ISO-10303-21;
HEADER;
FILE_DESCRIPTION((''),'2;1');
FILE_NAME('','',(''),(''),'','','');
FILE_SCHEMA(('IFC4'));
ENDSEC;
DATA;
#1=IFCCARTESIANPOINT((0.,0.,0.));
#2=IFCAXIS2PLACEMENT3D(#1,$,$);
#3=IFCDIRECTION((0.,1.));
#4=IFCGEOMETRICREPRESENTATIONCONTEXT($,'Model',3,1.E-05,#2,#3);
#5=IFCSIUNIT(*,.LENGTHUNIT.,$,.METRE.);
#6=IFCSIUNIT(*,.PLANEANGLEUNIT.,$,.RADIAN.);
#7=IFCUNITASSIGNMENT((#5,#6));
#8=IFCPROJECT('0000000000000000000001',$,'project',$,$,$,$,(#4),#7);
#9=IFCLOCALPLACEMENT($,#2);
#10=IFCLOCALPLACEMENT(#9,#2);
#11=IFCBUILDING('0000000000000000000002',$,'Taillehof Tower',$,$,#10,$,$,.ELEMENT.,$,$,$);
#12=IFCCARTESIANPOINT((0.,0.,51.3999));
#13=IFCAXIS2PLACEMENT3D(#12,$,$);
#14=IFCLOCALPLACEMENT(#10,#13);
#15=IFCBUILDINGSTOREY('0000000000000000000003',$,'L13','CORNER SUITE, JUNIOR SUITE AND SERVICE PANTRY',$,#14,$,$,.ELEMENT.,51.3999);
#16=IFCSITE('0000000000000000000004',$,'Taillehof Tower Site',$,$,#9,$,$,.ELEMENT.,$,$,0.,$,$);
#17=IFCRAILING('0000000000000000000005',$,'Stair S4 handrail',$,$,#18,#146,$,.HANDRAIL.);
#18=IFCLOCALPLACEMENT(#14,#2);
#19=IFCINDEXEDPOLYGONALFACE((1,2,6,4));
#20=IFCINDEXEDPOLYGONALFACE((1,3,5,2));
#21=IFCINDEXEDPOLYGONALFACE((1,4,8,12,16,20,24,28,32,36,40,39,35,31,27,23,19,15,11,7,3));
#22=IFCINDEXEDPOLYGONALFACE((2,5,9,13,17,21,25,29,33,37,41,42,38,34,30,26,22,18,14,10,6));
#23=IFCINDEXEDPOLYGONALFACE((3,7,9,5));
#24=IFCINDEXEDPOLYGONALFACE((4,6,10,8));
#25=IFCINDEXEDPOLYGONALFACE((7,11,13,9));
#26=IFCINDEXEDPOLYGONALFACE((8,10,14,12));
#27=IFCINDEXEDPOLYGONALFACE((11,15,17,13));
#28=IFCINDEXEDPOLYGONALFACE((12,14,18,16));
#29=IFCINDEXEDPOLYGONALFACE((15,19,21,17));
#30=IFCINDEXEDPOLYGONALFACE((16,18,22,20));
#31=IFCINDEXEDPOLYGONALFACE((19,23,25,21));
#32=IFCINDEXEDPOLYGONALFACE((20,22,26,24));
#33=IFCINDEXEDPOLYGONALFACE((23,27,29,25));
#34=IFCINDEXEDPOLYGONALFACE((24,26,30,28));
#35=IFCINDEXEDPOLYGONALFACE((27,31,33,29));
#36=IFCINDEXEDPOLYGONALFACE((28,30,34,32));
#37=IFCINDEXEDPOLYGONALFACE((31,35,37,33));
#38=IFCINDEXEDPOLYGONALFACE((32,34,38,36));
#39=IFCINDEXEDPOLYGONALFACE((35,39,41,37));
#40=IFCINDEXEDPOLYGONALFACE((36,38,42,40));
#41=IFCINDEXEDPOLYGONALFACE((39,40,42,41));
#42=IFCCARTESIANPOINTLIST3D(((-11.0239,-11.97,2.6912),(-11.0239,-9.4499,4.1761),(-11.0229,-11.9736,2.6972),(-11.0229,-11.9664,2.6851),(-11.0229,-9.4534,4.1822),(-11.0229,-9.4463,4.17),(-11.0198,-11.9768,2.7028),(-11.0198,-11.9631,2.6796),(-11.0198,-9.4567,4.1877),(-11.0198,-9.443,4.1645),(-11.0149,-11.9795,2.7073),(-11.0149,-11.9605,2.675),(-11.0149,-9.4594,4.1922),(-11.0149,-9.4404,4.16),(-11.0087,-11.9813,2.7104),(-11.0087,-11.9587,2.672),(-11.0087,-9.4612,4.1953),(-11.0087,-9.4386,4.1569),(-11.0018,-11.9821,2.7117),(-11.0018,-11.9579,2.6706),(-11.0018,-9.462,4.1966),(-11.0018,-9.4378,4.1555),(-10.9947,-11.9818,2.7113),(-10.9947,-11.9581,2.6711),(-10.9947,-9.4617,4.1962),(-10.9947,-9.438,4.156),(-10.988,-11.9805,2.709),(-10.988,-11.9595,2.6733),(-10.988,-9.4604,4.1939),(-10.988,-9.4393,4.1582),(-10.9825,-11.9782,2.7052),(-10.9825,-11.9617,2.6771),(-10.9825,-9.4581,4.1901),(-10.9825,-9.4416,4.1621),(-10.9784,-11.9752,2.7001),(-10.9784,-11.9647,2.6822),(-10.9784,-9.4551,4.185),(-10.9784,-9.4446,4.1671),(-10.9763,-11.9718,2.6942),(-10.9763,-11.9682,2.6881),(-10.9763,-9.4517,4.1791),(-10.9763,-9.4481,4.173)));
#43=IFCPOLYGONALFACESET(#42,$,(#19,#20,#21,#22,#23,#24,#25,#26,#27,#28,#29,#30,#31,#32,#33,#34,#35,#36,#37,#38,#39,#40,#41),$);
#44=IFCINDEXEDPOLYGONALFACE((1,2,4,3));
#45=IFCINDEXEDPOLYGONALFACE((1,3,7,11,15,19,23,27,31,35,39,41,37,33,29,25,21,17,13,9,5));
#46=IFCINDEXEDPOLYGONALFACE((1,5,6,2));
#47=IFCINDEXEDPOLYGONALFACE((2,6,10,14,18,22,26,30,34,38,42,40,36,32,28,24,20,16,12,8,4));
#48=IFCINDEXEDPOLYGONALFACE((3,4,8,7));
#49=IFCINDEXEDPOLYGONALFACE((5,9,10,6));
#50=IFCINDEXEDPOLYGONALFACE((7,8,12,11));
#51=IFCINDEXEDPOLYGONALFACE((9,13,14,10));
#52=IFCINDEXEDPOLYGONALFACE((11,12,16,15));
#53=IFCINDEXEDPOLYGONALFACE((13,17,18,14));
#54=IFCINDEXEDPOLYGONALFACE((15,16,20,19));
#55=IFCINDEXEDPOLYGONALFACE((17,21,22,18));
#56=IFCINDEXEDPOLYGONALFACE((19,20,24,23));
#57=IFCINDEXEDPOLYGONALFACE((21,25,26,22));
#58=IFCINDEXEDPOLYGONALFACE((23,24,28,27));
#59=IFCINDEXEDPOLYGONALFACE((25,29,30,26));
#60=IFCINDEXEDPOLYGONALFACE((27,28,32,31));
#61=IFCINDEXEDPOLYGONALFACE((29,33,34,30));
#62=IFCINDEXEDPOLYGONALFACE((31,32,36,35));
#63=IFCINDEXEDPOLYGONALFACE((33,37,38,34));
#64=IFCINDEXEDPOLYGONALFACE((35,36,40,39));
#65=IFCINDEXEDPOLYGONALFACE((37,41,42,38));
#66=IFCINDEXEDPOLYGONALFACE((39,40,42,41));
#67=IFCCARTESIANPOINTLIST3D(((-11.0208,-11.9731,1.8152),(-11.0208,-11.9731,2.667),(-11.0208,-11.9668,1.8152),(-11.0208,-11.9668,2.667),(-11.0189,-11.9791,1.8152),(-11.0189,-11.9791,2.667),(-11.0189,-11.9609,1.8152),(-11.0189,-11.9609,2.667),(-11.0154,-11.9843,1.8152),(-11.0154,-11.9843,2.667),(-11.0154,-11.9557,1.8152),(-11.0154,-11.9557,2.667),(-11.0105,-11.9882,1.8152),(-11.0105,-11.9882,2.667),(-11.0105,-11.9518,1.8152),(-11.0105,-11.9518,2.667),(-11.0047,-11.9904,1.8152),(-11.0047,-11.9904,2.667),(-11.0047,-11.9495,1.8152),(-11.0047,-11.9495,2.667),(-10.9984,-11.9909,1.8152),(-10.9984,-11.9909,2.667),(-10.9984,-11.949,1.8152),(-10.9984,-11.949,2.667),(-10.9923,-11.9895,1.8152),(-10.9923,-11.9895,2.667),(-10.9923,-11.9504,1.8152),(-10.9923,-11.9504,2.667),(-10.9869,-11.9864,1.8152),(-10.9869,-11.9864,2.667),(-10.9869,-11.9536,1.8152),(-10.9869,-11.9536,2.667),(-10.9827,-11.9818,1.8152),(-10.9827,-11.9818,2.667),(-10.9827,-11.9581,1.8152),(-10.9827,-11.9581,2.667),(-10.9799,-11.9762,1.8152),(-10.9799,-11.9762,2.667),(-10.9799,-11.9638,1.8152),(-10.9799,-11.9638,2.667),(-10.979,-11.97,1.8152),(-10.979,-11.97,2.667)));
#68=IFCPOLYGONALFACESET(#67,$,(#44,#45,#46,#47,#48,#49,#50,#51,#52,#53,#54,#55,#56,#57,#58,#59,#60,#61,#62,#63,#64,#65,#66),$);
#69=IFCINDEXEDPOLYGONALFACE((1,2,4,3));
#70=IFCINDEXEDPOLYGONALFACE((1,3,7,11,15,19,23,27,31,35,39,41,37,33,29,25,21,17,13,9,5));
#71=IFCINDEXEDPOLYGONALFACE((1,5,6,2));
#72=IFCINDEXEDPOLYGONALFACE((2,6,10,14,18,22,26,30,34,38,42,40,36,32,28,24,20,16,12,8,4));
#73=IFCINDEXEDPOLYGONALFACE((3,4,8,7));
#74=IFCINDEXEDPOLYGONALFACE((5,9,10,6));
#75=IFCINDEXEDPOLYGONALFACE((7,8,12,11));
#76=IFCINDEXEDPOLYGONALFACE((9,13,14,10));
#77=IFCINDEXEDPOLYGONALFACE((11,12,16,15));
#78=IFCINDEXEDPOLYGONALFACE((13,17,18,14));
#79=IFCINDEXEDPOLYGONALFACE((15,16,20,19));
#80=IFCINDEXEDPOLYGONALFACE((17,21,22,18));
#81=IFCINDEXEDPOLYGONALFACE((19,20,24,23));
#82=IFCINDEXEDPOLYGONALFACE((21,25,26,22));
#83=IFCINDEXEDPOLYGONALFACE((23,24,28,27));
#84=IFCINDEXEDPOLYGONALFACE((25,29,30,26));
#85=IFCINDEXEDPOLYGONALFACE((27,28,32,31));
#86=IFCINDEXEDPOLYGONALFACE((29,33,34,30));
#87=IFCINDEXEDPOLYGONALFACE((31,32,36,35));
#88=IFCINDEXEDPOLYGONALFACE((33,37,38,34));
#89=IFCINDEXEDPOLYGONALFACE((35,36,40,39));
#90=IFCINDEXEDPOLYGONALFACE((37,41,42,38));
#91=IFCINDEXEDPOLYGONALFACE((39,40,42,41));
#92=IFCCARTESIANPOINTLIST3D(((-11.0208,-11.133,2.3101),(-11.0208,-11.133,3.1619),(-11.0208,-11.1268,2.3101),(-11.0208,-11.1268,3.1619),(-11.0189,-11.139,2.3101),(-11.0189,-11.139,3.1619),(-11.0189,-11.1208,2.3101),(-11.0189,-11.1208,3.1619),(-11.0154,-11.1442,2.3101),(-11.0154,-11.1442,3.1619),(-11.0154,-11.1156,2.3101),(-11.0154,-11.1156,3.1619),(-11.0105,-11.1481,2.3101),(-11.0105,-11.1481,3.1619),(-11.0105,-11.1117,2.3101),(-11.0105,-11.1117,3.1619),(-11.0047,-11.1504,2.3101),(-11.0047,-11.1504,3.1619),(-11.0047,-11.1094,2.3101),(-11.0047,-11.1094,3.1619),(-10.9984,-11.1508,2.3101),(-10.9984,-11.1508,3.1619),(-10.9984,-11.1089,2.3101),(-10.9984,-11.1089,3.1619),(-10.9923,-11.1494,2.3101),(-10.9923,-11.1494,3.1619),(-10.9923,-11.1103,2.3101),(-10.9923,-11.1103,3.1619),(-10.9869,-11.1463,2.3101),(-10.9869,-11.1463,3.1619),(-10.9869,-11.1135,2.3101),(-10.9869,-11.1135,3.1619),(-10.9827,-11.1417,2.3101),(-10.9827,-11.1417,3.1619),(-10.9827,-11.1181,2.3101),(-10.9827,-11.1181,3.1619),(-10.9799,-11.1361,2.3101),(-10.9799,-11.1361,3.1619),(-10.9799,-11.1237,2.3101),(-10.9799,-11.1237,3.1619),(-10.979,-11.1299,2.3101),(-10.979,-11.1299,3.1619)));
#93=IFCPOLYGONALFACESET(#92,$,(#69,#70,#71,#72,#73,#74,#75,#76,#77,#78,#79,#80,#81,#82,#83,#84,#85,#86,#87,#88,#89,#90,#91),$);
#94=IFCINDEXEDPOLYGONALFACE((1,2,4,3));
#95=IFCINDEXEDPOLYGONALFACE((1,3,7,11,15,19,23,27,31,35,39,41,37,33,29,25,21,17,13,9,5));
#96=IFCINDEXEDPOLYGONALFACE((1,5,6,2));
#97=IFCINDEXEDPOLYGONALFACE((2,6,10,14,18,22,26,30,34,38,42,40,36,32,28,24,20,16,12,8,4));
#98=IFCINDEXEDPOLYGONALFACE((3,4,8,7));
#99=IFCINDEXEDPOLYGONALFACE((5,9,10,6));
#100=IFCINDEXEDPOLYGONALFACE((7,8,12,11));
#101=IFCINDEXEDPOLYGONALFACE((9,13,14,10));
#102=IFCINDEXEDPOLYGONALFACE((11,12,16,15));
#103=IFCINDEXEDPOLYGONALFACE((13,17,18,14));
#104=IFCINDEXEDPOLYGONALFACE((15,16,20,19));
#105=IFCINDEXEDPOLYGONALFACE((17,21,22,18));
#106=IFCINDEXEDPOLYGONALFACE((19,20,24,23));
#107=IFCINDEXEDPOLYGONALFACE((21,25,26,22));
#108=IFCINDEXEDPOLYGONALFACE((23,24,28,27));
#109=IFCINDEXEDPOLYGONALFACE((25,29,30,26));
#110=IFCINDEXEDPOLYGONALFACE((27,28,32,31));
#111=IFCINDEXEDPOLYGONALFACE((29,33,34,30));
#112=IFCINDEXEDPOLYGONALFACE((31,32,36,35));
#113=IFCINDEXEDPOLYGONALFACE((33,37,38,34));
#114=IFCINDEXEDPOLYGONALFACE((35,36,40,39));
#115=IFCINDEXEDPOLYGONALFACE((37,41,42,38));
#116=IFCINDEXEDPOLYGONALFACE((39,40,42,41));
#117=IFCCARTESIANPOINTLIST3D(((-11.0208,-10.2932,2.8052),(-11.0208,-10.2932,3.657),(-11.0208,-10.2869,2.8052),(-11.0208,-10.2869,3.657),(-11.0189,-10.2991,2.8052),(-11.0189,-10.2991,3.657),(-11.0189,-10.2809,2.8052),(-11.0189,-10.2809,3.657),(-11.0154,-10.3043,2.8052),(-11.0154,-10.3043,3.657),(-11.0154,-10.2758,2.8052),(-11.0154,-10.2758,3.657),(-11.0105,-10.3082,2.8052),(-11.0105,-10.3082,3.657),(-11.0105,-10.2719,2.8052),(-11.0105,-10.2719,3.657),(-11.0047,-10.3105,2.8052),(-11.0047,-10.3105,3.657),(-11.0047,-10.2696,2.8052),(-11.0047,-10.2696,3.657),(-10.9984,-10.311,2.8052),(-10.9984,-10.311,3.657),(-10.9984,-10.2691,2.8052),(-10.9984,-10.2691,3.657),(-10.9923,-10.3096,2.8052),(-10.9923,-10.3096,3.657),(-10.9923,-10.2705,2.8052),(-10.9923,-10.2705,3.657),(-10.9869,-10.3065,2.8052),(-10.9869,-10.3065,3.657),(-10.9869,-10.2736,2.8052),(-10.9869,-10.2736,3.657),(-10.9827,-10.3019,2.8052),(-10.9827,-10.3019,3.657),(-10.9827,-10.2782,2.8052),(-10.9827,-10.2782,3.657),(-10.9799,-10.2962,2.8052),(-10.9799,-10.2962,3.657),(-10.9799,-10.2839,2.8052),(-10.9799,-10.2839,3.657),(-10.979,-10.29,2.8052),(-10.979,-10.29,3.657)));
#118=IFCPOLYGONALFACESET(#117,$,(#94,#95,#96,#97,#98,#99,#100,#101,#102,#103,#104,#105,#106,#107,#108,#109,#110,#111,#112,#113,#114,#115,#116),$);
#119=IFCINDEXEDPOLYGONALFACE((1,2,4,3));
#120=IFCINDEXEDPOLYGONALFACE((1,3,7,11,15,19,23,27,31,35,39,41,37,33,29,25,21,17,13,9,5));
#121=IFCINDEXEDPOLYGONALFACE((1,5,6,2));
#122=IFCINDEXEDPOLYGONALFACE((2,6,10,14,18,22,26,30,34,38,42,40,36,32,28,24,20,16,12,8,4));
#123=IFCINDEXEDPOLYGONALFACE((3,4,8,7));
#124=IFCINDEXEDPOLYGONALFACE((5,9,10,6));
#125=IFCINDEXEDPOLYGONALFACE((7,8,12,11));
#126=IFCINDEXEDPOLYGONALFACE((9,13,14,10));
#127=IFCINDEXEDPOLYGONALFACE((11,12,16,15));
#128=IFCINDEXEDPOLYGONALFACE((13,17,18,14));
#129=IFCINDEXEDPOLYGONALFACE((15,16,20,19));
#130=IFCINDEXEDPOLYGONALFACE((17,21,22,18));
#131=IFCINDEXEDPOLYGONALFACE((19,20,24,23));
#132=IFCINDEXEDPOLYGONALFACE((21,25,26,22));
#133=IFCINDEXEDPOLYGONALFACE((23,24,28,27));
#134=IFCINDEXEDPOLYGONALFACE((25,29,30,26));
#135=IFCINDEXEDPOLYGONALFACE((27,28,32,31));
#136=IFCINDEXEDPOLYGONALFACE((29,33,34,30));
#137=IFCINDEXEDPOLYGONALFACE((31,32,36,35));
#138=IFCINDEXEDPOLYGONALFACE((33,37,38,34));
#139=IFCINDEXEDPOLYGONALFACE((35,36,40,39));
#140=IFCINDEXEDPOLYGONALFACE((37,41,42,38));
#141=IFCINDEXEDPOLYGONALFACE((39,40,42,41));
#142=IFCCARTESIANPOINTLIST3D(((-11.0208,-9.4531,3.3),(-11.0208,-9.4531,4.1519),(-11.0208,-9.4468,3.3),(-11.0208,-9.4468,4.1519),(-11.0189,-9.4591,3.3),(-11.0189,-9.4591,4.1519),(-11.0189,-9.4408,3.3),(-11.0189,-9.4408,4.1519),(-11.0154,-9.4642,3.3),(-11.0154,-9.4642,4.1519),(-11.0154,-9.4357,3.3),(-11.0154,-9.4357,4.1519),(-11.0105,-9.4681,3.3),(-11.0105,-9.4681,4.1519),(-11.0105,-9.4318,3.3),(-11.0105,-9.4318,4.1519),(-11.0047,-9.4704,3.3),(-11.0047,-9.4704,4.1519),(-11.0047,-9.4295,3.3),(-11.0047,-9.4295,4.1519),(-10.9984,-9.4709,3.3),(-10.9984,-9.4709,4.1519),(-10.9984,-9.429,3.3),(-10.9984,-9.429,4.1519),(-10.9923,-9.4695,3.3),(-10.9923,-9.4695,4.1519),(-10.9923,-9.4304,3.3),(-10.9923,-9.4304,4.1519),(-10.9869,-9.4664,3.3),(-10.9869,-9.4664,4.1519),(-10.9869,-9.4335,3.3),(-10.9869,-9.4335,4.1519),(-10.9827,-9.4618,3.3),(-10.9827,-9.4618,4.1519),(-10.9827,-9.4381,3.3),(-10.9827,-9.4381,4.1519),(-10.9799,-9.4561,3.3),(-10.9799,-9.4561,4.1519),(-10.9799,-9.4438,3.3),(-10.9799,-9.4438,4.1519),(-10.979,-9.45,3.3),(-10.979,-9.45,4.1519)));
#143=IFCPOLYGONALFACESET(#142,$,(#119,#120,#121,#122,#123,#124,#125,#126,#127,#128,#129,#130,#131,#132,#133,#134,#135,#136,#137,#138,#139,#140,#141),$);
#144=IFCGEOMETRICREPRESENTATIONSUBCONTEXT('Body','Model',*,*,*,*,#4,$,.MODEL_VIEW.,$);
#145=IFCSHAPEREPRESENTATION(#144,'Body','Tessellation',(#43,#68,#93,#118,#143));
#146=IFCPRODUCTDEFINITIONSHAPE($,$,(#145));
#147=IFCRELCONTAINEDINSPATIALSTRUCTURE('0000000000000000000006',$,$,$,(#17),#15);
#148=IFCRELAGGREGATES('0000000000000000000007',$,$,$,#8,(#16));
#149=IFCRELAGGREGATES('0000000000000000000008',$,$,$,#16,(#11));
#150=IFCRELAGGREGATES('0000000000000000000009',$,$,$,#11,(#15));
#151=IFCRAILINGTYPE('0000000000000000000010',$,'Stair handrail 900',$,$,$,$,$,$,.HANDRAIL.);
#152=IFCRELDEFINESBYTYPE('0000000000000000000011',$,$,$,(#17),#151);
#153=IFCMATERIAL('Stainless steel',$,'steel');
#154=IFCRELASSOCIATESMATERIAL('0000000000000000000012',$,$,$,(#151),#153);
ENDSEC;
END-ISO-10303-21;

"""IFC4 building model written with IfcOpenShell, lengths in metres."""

from ifc_helpers import new_model, si_unit, direction, frame, origin, origin_2d, place, context, subcontext, project, spatial, circle, extrude, material, type_object, element, save


model = new_model("IFC4")

# Units and contexts
model_context = context("Model", 3, precision=1e-05, world=origin(), true_north=direction((0.0, 1.0)))
body_context = subcontext(model_context, "Body", "Model", "MODEL_VIEW")
ifc_project = project(units=[si_unit("LENGTHUNIT", "METRE"), si_unit("PLANEANGLEUNIT", "RADIAN")], contexts=[model_context])

# Site, building, storey
site_placement = place(None, origin())
site = spatial("IfcSite", under=ifc_project, at=site_placement, Name="Taillehof Tower Site", CompositionType="ELEMENT", RefElevation=0.0)
building_placement = place(site_placement, origin())
building = spatial("IfcBuilding", under=site, at=building_placement, Name="Taillehof Tower", CompositionType="ELEMENT")
storey_placement = place(building_placement, frame((0.0, 0.0, 51.3999)))
storey = spatial("IfcBuildingStorey", under=building, at=storey_placement, Name="L13", Description="CORNER SUITE, JUNIOR SUITE AND SERVICE PANTRY", CompositionType="ELEMENT", Elevation=51.3999)

# Railing
ifc_material_1 = material(Name="Stainless steel", Category="steel")
railing_type = type_object("IfcRailingType", Name="Stair handrail 900", PredefinedType="HANDRAIL", material=ifc_material_1)
railing_placement = place(storey_placement, frame((-11.0, -11.97, 1.8152)))
element("IfcRailing", 1, at=railing_placement, inside=storey, type_object=railing_type, Name="Stair S4 handrail", PredefinedType="HANDRAIL", context=body_context, shape_type="SweptSolid", body=[
    extrude(circle(Radius=0.0239, at=origin_2d()), frame((0.0, 0.0, 0.876), z_axis=(0.0, 0.861561, 0.507655), x_axis=(-1.0, 0.0, 0.0)), (0.0, 0.0, 1.0), 2.925),
    extrude(circle(Radius=0.021, at=origin_2d()), origin(), (0.0, 0.0, 1.0), 0.8518),
    extrude(circle(Radius=0.021, at=origin_2d()), frame((0.0, 0.8401, 0.4949)), (0.0, 0.0, 1.0), 0.8518),
    extrude(circle(Radius=0.021, at=origin_2d()), frame((0.0, 1.6799, 0.99)), (0.0, 0.0, 1.0), 0.8518),
    extrude(circle(Radius=0.021, at=origin_2d()), frame((0.0, 2.52, 1.4849)), (0.0, 0.0, 1.0), 0.8518),
])

save(model, "model.ifc")
